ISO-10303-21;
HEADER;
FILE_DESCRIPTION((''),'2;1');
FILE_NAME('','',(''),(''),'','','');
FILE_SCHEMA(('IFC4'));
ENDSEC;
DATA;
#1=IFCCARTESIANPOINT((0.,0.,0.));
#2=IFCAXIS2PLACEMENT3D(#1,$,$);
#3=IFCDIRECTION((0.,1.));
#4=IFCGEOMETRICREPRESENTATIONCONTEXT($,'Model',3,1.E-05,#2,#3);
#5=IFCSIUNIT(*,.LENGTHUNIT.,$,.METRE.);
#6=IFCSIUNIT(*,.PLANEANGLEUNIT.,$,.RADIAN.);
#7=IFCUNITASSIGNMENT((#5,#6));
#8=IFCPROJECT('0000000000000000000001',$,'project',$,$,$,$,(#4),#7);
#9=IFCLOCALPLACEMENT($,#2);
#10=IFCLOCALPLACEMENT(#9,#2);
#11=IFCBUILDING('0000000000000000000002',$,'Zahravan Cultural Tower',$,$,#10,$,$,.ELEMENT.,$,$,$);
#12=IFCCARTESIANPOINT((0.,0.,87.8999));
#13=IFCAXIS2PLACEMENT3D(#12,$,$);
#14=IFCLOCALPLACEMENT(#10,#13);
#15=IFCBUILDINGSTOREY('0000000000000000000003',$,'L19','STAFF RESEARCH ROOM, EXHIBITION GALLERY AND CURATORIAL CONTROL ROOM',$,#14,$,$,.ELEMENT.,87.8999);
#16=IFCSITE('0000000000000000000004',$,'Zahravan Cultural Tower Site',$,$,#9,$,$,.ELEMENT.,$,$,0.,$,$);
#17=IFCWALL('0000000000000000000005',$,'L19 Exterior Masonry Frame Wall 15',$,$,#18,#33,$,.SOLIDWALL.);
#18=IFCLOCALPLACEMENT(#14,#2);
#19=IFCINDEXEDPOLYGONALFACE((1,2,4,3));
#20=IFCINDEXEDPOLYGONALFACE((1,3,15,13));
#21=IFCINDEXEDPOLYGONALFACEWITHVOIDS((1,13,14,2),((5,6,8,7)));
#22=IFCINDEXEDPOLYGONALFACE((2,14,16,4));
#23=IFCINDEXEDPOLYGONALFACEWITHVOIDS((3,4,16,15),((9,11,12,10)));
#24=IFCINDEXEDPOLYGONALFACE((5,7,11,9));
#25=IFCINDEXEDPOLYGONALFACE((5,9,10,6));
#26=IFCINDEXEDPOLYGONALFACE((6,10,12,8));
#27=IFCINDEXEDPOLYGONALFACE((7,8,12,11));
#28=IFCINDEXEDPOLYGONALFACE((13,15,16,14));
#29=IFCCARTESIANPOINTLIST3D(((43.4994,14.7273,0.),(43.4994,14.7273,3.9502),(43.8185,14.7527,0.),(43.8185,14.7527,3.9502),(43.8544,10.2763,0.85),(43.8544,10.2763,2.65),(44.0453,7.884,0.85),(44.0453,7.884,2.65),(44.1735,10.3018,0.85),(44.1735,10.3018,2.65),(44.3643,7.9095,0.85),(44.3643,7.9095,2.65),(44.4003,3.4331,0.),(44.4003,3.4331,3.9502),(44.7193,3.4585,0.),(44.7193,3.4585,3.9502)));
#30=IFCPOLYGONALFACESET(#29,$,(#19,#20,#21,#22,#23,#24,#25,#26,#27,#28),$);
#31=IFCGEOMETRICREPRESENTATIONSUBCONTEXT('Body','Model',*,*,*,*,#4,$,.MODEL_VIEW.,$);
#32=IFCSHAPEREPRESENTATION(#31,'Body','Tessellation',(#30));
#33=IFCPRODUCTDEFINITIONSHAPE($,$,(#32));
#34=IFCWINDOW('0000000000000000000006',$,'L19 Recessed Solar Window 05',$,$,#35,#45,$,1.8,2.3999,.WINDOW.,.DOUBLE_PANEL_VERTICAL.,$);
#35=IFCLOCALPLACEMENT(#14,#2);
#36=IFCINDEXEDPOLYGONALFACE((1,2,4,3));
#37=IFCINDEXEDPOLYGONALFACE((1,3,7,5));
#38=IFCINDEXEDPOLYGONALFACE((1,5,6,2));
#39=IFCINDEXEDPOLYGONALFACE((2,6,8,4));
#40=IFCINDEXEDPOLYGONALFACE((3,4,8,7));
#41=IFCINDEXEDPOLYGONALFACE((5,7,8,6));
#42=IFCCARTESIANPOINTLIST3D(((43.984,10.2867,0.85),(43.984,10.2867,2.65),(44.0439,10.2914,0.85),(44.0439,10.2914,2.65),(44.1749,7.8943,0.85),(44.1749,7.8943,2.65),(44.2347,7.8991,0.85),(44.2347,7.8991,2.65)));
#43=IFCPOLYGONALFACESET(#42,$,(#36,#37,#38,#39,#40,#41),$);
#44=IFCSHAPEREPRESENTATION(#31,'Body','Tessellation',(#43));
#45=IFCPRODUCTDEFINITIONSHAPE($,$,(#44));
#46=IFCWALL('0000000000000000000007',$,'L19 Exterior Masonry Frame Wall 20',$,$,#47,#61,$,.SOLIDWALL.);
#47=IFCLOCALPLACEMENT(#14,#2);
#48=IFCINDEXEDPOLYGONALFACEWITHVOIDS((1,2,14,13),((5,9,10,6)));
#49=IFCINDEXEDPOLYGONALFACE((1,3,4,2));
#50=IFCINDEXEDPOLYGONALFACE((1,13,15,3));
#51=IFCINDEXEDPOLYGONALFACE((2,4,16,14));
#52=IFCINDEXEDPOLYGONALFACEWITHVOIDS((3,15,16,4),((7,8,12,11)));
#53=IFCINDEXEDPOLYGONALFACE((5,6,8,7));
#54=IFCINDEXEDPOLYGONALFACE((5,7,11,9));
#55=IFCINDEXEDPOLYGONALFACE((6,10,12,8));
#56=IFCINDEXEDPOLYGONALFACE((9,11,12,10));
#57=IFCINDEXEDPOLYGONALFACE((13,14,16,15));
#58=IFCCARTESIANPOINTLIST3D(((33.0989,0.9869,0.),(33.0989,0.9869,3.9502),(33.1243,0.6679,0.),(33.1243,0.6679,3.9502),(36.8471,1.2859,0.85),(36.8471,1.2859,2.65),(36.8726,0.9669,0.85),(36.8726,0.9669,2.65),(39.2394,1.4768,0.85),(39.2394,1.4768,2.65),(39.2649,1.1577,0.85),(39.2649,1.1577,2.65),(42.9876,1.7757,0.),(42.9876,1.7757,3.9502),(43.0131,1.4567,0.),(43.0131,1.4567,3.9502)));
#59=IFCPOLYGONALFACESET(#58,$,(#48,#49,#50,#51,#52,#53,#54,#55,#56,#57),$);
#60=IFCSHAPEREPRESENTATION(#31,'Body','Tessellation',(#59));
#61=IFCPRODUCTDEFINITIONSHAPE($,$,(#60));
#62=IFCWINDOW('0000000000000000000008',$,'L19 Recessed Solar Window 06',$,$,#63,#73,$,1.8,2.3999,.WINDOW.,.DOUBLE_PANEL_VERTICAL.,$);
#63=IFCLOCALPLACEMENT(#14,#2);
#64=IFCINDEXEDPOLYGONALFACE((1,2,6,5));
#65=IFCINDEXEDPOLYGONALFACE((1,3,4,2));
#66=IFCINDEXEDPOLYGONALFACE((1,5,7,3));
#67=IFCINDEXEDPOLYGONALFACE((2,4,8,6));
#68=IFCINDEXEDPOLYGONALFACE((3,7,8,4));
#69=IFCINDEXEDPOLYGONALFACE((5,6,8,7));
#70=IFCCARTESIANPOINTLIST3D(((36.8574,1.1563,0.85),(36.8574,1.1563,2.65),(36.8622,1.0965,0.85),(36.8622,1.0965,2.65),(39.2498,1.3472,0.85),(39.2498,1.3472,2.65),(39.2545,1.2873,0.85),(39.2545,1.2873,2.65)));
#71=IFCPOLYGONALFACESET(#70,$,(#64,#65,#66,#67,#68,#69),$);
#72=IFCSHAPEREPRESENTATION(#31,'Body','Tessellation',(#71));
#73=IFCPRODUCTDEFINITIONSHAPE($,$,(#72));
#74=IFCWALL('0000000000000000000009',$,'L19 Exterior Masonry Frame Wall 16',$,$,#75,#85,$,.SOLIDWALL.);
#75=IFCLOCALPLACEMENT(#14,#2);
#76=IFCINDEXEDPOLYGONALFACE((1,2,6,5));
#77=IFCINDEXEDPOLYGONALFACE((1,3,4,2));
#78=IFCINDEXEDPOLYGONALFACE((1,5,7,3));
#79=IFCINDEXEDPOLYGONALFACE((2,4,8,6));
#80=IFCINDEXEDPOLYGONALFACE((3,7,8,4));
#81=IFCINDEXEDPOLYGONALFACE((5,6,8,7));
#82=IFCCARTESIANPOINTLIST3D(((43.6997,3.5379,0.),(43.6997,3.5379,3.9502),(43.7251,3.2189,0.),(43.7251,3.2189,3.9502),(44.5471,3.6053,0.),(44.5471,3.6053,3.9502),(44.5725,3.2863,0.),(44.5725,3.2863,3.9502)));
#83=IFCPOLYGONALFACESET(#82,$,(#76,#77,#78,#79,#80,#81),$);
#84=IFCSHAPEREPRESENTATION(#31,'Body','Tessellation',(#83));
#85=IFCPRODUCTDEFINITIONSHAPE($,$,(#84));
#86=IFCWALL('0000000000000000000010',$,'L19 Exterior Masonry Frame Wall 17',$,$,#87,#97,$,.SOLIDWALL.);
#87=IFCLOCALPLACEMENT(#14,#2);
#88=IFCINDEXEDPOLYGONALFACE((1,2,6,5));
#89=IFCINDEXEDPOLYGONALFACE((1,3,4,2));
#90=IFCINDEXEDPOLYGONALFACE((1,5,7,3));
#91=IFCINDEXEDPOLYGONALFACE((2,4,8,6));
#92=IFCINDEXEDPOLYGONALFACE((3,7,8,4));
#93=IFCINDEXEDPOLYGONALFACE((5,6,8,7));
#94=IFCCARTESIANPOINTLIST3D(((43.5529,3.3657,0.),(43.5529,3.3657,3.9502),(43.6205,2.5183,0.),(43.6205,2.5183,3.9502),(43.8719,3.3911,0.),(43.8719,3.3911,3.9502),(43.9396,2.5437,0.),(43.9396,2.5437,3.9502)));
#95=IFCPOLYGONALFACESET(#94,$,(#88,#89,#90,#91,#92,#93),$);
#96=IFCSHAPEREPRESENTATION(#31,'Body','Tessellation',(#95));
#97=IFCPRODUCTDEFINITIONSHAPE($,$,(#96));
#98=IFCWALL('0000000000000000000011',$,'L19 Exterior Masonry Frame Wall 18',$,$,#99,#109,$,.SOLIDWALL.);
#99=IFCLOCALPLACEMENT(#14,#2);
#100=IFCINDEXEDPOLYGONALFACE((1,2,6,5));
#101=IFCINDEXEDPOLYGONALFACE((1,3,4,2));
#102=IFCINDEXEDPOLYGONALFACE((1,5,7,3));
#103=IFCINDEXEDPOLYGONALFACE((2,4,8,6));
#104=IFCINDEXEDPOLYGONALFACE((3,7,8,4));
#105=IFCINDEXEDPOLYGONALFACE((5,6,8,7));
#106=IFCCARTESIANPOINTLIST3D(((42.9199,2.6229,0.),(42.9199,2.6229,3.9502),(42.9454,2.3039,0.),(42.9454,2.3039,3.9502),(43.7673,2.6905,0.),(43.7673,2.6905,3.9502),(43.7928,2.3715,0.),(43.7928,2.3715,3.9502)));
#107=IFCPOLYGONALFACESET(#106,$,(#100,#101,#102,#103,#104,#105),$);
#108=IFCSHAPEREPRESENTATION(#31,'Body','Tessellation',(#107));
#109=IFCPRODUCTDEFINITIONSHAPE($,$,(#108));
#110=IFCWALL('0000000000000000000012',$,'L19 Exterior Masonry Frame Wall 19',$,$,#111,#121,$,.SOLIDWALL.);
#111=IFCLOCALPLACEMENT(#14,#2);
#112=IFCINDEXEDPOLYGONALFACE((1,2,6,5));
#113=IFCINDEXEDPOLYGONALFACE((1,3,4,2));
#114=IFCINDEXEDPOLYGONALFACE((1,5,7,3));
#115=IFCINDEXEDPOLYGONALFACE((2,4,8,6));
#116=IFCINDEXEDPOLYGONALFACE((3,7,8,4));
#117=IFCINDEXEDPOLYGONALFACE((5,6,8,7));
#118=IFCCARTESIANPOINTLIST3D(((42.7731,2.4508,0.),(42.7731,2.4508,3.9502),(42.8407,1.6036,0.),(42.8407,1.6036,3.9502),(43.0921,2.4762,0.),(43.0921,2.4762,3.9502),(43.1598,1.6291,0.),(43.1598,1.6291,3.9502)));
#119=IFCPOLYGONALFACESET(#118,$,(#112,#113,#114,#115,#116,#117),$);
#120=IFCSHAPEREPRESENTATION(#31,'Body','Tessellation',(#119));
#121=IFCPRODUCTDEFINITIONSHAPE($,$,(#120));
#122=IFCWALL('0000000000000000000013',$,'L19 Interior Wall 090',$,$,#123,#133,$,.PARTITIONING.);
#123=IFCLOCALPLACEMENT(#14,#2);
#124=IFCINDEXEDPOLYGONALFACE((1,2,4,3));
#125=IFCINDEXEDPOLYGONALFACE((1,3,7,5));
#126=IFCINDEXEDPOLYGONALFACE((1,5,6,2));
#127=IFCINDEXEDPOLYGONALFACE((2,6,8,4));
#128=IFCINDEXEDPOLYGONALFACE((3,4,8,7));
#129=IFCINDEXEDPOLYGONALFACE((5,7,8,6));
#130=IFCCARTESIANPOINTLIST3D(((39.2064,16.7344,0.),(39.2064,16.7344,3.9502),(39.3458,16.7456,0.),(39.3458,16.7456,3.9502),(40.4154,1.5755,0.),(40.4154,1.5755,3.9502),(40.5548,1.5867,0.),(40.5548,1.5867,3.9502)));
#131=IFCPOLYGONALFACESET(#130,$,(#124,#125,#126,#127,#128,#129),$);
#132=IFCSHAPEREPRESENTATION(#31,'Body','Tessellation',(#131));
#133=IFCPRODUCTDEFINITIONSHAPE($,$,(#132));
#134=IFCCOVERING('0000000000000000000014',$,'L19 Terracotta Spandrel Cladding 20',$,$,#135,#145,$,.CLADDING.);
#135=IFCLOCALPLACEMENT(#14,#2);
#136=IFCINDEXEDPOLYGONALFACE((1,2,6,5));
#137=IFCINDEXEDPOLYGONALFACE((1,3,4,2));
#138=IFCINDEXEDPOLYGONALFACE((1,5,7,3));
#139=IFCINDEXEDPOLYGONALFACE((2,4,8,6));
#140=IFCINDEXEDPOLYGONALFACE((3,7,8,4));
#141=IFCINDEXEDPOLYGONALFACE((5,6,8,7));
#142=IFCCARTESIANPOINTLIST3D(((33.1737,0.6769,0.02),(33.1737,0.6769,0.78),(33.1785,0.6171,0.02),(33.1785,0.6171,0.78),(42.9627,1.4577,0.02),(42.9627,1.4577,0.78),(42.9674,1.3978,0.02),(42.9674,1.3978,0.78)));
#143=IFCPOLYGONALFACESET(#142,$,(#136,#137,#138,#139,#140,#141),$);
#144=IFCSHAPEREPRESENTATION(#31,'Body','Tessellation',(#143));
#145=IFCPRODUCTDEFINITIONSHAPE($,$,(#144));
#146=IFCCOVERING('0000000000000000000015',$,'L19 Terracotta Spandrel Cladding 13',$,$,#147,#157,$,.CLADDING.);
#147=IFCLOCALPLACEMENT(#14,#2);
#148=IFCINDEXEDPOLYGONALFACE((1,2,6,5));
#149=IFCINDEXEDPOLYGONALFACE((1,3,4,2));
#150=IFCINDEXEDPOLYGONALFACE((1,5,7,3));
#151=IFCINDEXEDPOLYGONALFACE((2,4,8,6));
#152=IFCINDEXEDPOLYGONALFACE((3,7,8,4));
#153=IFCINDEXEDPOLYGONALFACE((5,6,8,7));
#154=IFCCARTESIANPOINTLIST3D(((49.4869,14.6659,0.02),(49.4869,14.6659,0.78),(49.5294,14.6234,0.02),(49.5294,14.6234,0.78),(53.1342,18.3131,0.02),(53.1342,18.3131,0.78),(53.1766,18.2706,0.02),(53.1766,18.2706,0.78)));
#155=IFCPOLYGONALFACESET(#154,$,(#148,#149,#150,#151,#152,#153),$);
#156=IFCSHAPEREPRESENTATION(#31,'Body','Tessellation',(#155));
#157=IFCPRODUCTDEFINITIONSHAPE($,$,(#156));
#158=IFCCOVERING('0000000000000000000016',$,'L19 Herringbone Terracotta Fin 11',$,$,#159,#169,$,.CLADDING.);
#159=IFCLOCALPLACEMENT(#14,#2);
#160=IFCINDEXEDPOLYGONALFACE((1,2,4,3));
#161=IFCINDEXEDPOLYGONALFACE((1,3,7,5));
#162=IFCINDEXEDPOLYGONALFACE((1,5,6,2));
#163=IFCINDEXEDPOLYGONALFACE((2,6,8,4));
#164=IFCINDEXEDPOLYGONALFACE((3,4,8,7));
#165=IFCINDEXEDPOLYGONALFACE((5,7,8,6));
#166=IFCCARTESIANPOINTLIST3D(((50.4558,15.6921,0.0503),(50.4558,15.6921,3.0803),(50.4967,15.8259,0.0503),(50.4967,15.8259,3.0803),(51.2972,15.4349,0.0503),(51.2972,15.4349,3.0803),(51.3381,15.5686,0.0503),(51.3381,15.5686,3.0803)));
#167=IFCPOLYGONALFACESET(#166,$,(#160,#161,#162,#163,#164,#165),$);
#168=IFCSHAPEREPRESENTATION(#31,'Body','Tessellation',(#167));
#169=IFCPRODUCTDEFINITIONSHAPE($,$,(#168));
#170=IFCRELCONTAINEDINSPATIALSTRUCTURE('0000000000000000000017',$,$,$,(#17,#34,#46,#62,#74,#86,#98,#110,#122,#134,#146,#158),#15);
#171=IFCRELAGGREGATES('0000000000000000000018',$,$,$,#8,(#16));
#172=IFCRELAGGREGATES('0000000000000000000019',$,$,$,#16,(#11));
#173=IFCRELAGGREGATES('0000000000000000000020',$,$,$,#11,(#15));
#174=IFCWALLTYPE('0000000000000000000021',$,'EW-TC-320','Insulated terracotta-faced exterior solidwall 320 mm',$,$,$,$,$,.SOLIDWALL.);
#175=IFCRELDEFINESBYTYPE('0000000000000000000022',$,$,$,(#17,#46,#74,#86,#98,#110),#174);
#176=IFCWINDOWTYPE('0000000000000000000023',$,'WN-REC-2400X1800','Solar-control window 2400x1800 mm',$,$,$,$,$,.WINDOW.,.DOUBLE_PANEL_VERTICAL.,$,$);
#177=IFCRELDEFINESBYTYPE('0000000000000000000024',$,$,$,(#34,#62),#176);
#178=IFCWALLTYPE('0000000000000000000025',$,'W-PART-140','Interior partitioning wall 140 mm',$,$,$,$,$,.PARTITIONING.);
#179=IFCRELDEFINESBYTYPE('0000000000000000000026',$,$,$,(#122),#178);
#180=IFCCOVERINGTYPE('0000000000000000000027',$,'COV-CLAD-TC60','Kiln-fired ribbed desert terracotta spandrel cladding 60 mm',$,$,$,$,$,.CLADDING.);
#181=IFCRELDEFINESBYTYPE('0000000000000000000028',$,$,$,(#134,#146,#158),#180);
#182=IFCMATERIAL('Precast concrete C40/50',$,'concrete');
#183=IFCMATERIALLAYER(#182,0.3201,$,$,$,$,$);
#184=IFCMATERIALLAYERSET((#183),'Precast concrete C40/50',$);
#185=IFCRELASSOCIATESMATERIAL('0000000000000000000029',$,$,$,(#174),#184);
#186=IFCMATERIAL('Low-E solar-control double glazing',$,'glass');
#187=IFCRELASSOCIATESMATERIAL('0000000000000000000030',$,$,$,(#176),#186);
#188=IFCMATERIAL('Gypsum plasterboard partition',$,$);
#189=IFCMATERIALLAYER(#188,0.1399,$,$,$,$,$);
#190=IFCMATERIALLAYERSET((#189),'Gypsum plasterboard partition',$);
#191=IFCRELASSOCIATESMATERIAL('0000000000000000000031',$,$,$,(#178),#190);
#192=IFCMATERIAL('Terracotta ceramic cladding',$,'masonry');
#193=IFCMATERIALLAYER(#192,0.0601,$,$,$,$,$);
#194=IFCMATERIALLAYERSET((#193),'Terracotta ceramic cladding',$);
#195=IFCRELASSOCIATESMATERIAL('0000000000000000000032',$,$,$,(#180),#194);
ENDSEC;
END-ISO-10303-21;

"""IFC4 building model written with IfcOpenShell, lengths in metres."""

from ifc_helpers import new_model, si_unit, direction, frame, frame_2d, origin, origin_2d, place, context, subcontext, project, spatial, rectangle, extrude, source, transform, mapped, material, layer, layer_set, type_object, element, fill, save


model = new_model("IFC4")

# Units and contexts
model_context = context("Model", 3, precision=1e-05, world=origin(), true_north=direction((0.0, 1.0)))
body_context = subcontext(model_context, "Body", "Model", "MODEL_VIEW")
ifc_project = project(units=[si_unit("LENGTHUNIT", "METRE"), si_unit("PLANEANGLEUNIT", "RADIAN")], contexts=[model_context])

# Site, building, storey
site_placement = place(None, origin())
site = spatial("IfcSite", under=ifc_project, at=site_placement, Name="Zahravan Cultural Tower Site", CompositionType="ELEMENT", RefElevation=0.0)
building_placement = place(site_placement, origin())
building = spatial("IfcBuilding", under=site, at=building_placement, Name="Zahravan Cultural Tower", CompositionType="ELEMENT")
storey_placement = place(building_placement, frame((0.0, 0.0, 87.8999)))
storey = spatial("IfcBuildingStorey", under=building, at=storey_placement, Name="L19", Description="STAFF RESEARCH ROOM, EXHIBITION GALLERY AND CURATORIAL CONTROL ROOM", CompositionType="ELEMENT", Elevation=87.8999)

# Walls, openings, windows
ifc_material_1 = material(Name="Precast concrete C40/50", Category="concrete")
ifc_layer_1 = layer(ifc_material_1, 0.3201)
ifc_layer_set_1 = layer_set([ifc_layer_1], Name="Precast concrete C40/50")
wall_type_1 = type_object("IfcWallType", Name="EW-TC-320", Description="Insulated terracotta-faced exterior solidwall 320 mm", PredefinedType="SOLIDWALL", material=ifc_layer_set_1)
ifc_material_2 = material(Name="Low-E solar-control double glazing", Category="glass")
window_type = type_object("IfcWindowType", Name="WN-REC-2400X1800", Description="Solar-control window 2400x1800 mm", PartitioningType="DOUBLE_PANEL_VERTICAL", PredefinedType="WINDOW", material=ifc_material_2)
shared_shape_1 = source(origin(), body_context, "Body", "SweptSolid", [
    extrude(rectangle(XDim=2.3999, YDim=1.8, at=frame_2d((1.2, 0.8999))), frame((0.0, 0.03, 0.0), z_axis=(0.0, -1.0, 0.0), x_axis=(1.0, 0.0, 0.0)), (0.0, 0.0, 1.0), 0.0601),
])
wall_1_placement = place(storey_placement, frame((43.6589, 14.74, 0.0), z_axis=(0.0, 0.0, 1.0), x_axis=(0.079512, -0.996834, 0.0)))
wall_1 = element("IfcWall", 1, at=wall_1_placement, inside=storey, type_object=wall_type_1, Name="L19 Exterior Masonry Frame Wall 15", PredefinedType="SOLIDWALL", context=body_context, shape_type="SweptSolid", body=[
    extrude(rectangle(XDim=11.3301, YDim=0.3201, at=frame_2d((5.665, 0.0))), origin(), (0.0, 0.0, 1.0), 3.9502),
])
opening_1_placement = place(wall_1_placement, frame((4.4651, 0.0, 0.8501)))
opening_1 = element("IfcOpeningElement", 2, at=opening_1_placement, cuts=wall_1, PredefinedType="OPENING", context=body_context, shape_type="SweptSolid", body=[
    extrude(rectangle(XDim=2.3999, YDim=1.8, at=frame_2d((1.2, 0.8999))), frame((0.0, 0.1699, 0.0), z_axis=(0.0, -1.0, 0.0), x_axis=(1.0, 0.0, 0.0)), (0.0, 0.0, 1.0), 0.3401),
])
window_1_placement = place(opening_1_placement, origin())
window_1 = element("IfcWindow", 3, at=window_1_placement, inside=storey, type_object=window_type, Name="L19 Recessed Solar Window 05", OverallHeight=1.8, OverallWidth=2.3999, PartitioningType="DOUBLE_PANEL_VERTICAL", PredefinedType="WINDOW", context=body_context, shape_type="MappedRepresentation", body=[
    mapped(shared_shape_1, transform((0.0, 0.0, 0.0), x_axis=(1.0, 0.0, 0.0), y_axis=(0.0, 1.0, 0.0), z_axis=(0.0, 0.0, 1.0), scale=1.0)),
])
fill(opening_1, window_1)
wall_2_placement = place(storey_placement, frame((43.0002, 1.6162, 0.0), z_axis=(0.0, 0.0, 1.0), x_axis=(-0.996833, -0.079517, 0.0)))
wall_2 = element("IfcWall", 4, at=wall_2_placement, inside=storey, type_object=wall_type_1, Name="L19 Exterior Masonry Frame Wall 20", PredefinedType="SOLIDWALL", context=body_context, shape_type="SweptSolid", body=[
    extrude(rectangle(XDim=9.9202, YDim=0.3201, at=frame_2d((4.96, 0.0))), origin(), (0.0, 0.0, 1.0), 3.9502),
])
opening_2_placement = place(wall_2_placement, frame((3.76, 0.0, 0.8501)))
opening_2 = element("IfcOpeningElement", 5, at=opening_2_placement, cuts=wall_2, PredefinedType="OPENING", context=body_context, shape_type="SweptSolid", body=[
    extrude(rectangle(XDim=2.3999, YDim=1.8, at=frame_2d((1.2, 0.8999))), frame((0.0, 0.1699, 0.0), z_axis=(0.0, -1.0, 0.0), x_axis=(1.0, 0.0, 0.0)), (0.0, 0.0, 1.0), 0.3401),
])
window_2_placement = place(opening_2_placement, origin())
window_2 = element("IfcWindow", 6, at=window_2_placement, inside=storey, type_object=window_type, Name="L19 Recessed Solar Window 06", OverallHeight=1.8, OverallWidth=2.3999, PartitioningType="DOUBLE_PANEL_VERTICAL", PredefinedType="WINDOW", context=body_context, shape_type="MappedRepresentation", body=[
    mapped(shared_shape_1, transform((0.0, 0.0, 0.0), x_axis=(1.0, 0.0, 0.0), y_axis=(0.0, 1.0, 0.0), z_axis=(0.0, 0.0, 1.0), scale=1.0)),
])
fill(opening_2, window_2)

# Walls
shared_shape_2 = source(origin(), body_context, "Body", "SweptSolid", [
    extrude(rectangle(XDim=0.8501, YDim=0.3201, at=frame_2d((0.425, 0.0))), origin(), (0.0, 0.0, 1.0), 3.9502),
])
for number, where, z_axis, x_axis, name in (
    (7, (44.5598, 3.4458, 0.0), (0.0, 0.0, 1.0), (-0.996854, -0.079266, 0.0), "L19 Exterior Masonry Frame Wall 16"),
    (8, (43.7124, 3.3784, 0.0), (0.0, 0.0, 1.0), (0.079551, -0.996831, 0.0), "L19 Exterior Masonry Frame Wall 17"),
    (9, (43.78, 2.531, 0.0), (0.0, 0.0, 1.0), (-0.996831, -0.079551, 0.0), "L19 Exterior Masonry Frame Wall 18"),
):
    element("IfcWall", number, at=place(storey_placement, frame(where, z_axis=z_axis, x_axis=x_axis)), inside=storey, type_object=wall_type_1, Name=name, PredefinedType="SOLIDWALL", context=body_context, shape_type="MappedRepresentation", body=[
        mapped(shared_shape_2, transform((0.0, 0.0, 0.0), x_axis=(1.0, 0.0, 0.0), y_axis=(0.0, 1.0, 0.0), z_axis=(0.0, 0.0, 1.0), scale=1.0)),
    ])
shared_shape_3 = source(origin(), body_context, "Body", "SweptSolid", [
    extrude(rectangle(XDim=0.8499, YDim=0.3201, at=frame_2d((0.4248, 0.0))), origin(), (0.0, 0.0, 1.0), 3.9502),
])
wall_3_placement = place(storey_placement, frame((42.9326, 2.4634, 0.0), z_axis=(0.0, 0.0, 1.0), x_axis=(0.079574, -0.996829, 0.0)))
element("IfcWall", 10, at=wall_3_placement, inside=storey, type_object=wall_type_1, Name="L19 Exterior Masonry Frame Wall 19", PredefinedType="SOLIDWALL", context=body_context, shape_type="MappedRepresentation", body=[
    mapped(shared_shape_3, transform((0.0, 0.0, 0.0), x_axis=(1.0, 0.0, 0.0), y_axis=(0.0, 1.0, 0.0), z_axis=(0.0, 0.0, 1.0), scale=1.0)),
])
ifc_material_3 = material(Name="Gypsum plasterboard partition")
ifc_layer_2 = layer(ifc_material_3, 0.1399)
ifc_layer_set_2 = layer_set([ifc_layer_2], Name="Gypsum plasterboard partition")
wall_type_2 = type_object("IfcWallType", Name="W-PART-140", Description="Interior partitioning wall 140 mm", PredefinedType="PARTITIONING", material=ifc_layer_set_2)
shared_shape_4 = source(origin(), body_context, "Body", "SweptSolid", [
    extrude(rectangle(XDim=15.207, YDim=0.1399, at=frame_2d((7.6035, 0.0))), origin(), (0.0, 0.0, 1.0), 3.9502),
])
wall_4_placement = place(storey_placement, frame((39.2761, 16.74, 0.0), z_axis=(0.0, 0.0, 1.0), x_axis=(0.079501, -0.996835, 0.0)))
element("IfcWall", 11, at=wall_4_placement, inside=storey, type_object=wall_type_2, Name="L19 Interior Wall 090", PredefinedType="PARTITIONING", context=body_context, shape_type="MappedRepresentation", body=[
    mapped(shared_shape_4, transform((0.0, 0.0, 0.0), x_axis=(1.0, 0.0, 0.0), y_axis=(0.0, 1.0, 0.0), z_axis=(0.0, 0.0, 1.0), scale=1.0)),
])

# Coverings
ifc_material_4 = material(Name="Terracotta ceramic cladding", Category="masonry")
ifc_layer_3 = layer(ifc_material_4, 0.0601)
ifc_layer_set_3 = layer_set([ifc_layer_3], Name="Terracotta ceramic cladding")
covering_type = type_object("IfcCoveringType", Name="COV-CLAD-TC60", Description="Kiln-fired ribbed desert terracotta spandrel cladding 60 mm", PredefinedType="CLADDING", material=ifc_layer_set_3)
shared_shape_5 = source(origin(), body_context, "Body", "SweptSolid", [
    extrude(rectangle(XDim=9.8201, YDim=0.0601, at=origin_2d()), origin(), (0.0, 0.0, 1.0), 0.76),
])
covering_1_placement = place(storey_placement, frame((38.0706, 1.0374, 0.02), z_axis=(0.0, 0.0, 1.0), x_axis=(-0.996835, -0.079503, 0.0)))
element("IfcCovering", 12, at=covering_1_placement, inside=storey, type_object=covering_type, Name="L19 Terracotta Spandrel Cladding 20", PredefinedType="CLADDING", context=body_context, shape_type="MappedRepresentation", body=[
    mapped(shared_shape_5, transform((0.0, 0.0, 0.0), x_axis=(1.0, 0.0, 0.0), y_axis=(0.0, 1.0, 0.0), z_axis=(0.0, 0.0, 1.0), scale=1.0)),
])
shared_shape_6 = source(origin(), body_context, "Body", "SweptSolid", [
    extrude(rectangle(XDim=5.158, YDim=0.0601, at=origin_2d()), origin(), (0.0, 0.0, 1.0), 0.76),
])
covering_2_placement = place(storey_placement, frame((51.3318, 16.4683, 0.02), z_axis=(0.0, 0.0, 1.0), x_axis=(-0.707107, -0.707107, 0.0)))
element("IfcCovering", 13, at=covering_2_placement, inside=storey, type_object=covering_type, Name="L19 Terracotta Spandrel Cladding 13", PredefinedType="CLADDING", context=body_context, shape_type="MappedRepresentation", body=[
    mapped(shared_shape_6, transform((0.0, 0.0, 0.0), x_axis=(1.0, 0.0, 0.0), y_axis=(0.0, 1.0, 0.0), z_axis=(0.0, 0.0, 1.0), scale=1.0)),
])
shared_shape_7 = source(origin(), body_context, "Body", "SweptSolid", [
    extrude(rectangle(XDim=0.8799, YDim=0.1399, at=origin_2d()), origin(), (0.0, 0.0, 1.0), 3.03),
])
for number, where, z_axis, x_axis, name in (
    (14, (50.897, 15.6304, 0.0503), (0.0, 0.0, 1.0), (0.956305, -0.292372, 0.0), "L19 Herringbone Terracotta Fin 11"),
):
    element("IfcCovering", number, at=place(storey_placement, frame(where, z_axis=z_axis, x_axis=x_axis)), inside=storey, type_object=covering_type, Name=name, PredefinedType="CLADDING", context=body_context, shape_type="MappedRepresentation", body=[
        mapped(shared_shape_7, transform((0.0, 0.0, 0.0), x_axis=(1.0, 0.0, 0.0), y_axis=(0.0, 1.0, 0.0), z_axis=(0.0, 0.0, 1.0), scale=1.0)),
    ])

save(model, "model.ifc")
